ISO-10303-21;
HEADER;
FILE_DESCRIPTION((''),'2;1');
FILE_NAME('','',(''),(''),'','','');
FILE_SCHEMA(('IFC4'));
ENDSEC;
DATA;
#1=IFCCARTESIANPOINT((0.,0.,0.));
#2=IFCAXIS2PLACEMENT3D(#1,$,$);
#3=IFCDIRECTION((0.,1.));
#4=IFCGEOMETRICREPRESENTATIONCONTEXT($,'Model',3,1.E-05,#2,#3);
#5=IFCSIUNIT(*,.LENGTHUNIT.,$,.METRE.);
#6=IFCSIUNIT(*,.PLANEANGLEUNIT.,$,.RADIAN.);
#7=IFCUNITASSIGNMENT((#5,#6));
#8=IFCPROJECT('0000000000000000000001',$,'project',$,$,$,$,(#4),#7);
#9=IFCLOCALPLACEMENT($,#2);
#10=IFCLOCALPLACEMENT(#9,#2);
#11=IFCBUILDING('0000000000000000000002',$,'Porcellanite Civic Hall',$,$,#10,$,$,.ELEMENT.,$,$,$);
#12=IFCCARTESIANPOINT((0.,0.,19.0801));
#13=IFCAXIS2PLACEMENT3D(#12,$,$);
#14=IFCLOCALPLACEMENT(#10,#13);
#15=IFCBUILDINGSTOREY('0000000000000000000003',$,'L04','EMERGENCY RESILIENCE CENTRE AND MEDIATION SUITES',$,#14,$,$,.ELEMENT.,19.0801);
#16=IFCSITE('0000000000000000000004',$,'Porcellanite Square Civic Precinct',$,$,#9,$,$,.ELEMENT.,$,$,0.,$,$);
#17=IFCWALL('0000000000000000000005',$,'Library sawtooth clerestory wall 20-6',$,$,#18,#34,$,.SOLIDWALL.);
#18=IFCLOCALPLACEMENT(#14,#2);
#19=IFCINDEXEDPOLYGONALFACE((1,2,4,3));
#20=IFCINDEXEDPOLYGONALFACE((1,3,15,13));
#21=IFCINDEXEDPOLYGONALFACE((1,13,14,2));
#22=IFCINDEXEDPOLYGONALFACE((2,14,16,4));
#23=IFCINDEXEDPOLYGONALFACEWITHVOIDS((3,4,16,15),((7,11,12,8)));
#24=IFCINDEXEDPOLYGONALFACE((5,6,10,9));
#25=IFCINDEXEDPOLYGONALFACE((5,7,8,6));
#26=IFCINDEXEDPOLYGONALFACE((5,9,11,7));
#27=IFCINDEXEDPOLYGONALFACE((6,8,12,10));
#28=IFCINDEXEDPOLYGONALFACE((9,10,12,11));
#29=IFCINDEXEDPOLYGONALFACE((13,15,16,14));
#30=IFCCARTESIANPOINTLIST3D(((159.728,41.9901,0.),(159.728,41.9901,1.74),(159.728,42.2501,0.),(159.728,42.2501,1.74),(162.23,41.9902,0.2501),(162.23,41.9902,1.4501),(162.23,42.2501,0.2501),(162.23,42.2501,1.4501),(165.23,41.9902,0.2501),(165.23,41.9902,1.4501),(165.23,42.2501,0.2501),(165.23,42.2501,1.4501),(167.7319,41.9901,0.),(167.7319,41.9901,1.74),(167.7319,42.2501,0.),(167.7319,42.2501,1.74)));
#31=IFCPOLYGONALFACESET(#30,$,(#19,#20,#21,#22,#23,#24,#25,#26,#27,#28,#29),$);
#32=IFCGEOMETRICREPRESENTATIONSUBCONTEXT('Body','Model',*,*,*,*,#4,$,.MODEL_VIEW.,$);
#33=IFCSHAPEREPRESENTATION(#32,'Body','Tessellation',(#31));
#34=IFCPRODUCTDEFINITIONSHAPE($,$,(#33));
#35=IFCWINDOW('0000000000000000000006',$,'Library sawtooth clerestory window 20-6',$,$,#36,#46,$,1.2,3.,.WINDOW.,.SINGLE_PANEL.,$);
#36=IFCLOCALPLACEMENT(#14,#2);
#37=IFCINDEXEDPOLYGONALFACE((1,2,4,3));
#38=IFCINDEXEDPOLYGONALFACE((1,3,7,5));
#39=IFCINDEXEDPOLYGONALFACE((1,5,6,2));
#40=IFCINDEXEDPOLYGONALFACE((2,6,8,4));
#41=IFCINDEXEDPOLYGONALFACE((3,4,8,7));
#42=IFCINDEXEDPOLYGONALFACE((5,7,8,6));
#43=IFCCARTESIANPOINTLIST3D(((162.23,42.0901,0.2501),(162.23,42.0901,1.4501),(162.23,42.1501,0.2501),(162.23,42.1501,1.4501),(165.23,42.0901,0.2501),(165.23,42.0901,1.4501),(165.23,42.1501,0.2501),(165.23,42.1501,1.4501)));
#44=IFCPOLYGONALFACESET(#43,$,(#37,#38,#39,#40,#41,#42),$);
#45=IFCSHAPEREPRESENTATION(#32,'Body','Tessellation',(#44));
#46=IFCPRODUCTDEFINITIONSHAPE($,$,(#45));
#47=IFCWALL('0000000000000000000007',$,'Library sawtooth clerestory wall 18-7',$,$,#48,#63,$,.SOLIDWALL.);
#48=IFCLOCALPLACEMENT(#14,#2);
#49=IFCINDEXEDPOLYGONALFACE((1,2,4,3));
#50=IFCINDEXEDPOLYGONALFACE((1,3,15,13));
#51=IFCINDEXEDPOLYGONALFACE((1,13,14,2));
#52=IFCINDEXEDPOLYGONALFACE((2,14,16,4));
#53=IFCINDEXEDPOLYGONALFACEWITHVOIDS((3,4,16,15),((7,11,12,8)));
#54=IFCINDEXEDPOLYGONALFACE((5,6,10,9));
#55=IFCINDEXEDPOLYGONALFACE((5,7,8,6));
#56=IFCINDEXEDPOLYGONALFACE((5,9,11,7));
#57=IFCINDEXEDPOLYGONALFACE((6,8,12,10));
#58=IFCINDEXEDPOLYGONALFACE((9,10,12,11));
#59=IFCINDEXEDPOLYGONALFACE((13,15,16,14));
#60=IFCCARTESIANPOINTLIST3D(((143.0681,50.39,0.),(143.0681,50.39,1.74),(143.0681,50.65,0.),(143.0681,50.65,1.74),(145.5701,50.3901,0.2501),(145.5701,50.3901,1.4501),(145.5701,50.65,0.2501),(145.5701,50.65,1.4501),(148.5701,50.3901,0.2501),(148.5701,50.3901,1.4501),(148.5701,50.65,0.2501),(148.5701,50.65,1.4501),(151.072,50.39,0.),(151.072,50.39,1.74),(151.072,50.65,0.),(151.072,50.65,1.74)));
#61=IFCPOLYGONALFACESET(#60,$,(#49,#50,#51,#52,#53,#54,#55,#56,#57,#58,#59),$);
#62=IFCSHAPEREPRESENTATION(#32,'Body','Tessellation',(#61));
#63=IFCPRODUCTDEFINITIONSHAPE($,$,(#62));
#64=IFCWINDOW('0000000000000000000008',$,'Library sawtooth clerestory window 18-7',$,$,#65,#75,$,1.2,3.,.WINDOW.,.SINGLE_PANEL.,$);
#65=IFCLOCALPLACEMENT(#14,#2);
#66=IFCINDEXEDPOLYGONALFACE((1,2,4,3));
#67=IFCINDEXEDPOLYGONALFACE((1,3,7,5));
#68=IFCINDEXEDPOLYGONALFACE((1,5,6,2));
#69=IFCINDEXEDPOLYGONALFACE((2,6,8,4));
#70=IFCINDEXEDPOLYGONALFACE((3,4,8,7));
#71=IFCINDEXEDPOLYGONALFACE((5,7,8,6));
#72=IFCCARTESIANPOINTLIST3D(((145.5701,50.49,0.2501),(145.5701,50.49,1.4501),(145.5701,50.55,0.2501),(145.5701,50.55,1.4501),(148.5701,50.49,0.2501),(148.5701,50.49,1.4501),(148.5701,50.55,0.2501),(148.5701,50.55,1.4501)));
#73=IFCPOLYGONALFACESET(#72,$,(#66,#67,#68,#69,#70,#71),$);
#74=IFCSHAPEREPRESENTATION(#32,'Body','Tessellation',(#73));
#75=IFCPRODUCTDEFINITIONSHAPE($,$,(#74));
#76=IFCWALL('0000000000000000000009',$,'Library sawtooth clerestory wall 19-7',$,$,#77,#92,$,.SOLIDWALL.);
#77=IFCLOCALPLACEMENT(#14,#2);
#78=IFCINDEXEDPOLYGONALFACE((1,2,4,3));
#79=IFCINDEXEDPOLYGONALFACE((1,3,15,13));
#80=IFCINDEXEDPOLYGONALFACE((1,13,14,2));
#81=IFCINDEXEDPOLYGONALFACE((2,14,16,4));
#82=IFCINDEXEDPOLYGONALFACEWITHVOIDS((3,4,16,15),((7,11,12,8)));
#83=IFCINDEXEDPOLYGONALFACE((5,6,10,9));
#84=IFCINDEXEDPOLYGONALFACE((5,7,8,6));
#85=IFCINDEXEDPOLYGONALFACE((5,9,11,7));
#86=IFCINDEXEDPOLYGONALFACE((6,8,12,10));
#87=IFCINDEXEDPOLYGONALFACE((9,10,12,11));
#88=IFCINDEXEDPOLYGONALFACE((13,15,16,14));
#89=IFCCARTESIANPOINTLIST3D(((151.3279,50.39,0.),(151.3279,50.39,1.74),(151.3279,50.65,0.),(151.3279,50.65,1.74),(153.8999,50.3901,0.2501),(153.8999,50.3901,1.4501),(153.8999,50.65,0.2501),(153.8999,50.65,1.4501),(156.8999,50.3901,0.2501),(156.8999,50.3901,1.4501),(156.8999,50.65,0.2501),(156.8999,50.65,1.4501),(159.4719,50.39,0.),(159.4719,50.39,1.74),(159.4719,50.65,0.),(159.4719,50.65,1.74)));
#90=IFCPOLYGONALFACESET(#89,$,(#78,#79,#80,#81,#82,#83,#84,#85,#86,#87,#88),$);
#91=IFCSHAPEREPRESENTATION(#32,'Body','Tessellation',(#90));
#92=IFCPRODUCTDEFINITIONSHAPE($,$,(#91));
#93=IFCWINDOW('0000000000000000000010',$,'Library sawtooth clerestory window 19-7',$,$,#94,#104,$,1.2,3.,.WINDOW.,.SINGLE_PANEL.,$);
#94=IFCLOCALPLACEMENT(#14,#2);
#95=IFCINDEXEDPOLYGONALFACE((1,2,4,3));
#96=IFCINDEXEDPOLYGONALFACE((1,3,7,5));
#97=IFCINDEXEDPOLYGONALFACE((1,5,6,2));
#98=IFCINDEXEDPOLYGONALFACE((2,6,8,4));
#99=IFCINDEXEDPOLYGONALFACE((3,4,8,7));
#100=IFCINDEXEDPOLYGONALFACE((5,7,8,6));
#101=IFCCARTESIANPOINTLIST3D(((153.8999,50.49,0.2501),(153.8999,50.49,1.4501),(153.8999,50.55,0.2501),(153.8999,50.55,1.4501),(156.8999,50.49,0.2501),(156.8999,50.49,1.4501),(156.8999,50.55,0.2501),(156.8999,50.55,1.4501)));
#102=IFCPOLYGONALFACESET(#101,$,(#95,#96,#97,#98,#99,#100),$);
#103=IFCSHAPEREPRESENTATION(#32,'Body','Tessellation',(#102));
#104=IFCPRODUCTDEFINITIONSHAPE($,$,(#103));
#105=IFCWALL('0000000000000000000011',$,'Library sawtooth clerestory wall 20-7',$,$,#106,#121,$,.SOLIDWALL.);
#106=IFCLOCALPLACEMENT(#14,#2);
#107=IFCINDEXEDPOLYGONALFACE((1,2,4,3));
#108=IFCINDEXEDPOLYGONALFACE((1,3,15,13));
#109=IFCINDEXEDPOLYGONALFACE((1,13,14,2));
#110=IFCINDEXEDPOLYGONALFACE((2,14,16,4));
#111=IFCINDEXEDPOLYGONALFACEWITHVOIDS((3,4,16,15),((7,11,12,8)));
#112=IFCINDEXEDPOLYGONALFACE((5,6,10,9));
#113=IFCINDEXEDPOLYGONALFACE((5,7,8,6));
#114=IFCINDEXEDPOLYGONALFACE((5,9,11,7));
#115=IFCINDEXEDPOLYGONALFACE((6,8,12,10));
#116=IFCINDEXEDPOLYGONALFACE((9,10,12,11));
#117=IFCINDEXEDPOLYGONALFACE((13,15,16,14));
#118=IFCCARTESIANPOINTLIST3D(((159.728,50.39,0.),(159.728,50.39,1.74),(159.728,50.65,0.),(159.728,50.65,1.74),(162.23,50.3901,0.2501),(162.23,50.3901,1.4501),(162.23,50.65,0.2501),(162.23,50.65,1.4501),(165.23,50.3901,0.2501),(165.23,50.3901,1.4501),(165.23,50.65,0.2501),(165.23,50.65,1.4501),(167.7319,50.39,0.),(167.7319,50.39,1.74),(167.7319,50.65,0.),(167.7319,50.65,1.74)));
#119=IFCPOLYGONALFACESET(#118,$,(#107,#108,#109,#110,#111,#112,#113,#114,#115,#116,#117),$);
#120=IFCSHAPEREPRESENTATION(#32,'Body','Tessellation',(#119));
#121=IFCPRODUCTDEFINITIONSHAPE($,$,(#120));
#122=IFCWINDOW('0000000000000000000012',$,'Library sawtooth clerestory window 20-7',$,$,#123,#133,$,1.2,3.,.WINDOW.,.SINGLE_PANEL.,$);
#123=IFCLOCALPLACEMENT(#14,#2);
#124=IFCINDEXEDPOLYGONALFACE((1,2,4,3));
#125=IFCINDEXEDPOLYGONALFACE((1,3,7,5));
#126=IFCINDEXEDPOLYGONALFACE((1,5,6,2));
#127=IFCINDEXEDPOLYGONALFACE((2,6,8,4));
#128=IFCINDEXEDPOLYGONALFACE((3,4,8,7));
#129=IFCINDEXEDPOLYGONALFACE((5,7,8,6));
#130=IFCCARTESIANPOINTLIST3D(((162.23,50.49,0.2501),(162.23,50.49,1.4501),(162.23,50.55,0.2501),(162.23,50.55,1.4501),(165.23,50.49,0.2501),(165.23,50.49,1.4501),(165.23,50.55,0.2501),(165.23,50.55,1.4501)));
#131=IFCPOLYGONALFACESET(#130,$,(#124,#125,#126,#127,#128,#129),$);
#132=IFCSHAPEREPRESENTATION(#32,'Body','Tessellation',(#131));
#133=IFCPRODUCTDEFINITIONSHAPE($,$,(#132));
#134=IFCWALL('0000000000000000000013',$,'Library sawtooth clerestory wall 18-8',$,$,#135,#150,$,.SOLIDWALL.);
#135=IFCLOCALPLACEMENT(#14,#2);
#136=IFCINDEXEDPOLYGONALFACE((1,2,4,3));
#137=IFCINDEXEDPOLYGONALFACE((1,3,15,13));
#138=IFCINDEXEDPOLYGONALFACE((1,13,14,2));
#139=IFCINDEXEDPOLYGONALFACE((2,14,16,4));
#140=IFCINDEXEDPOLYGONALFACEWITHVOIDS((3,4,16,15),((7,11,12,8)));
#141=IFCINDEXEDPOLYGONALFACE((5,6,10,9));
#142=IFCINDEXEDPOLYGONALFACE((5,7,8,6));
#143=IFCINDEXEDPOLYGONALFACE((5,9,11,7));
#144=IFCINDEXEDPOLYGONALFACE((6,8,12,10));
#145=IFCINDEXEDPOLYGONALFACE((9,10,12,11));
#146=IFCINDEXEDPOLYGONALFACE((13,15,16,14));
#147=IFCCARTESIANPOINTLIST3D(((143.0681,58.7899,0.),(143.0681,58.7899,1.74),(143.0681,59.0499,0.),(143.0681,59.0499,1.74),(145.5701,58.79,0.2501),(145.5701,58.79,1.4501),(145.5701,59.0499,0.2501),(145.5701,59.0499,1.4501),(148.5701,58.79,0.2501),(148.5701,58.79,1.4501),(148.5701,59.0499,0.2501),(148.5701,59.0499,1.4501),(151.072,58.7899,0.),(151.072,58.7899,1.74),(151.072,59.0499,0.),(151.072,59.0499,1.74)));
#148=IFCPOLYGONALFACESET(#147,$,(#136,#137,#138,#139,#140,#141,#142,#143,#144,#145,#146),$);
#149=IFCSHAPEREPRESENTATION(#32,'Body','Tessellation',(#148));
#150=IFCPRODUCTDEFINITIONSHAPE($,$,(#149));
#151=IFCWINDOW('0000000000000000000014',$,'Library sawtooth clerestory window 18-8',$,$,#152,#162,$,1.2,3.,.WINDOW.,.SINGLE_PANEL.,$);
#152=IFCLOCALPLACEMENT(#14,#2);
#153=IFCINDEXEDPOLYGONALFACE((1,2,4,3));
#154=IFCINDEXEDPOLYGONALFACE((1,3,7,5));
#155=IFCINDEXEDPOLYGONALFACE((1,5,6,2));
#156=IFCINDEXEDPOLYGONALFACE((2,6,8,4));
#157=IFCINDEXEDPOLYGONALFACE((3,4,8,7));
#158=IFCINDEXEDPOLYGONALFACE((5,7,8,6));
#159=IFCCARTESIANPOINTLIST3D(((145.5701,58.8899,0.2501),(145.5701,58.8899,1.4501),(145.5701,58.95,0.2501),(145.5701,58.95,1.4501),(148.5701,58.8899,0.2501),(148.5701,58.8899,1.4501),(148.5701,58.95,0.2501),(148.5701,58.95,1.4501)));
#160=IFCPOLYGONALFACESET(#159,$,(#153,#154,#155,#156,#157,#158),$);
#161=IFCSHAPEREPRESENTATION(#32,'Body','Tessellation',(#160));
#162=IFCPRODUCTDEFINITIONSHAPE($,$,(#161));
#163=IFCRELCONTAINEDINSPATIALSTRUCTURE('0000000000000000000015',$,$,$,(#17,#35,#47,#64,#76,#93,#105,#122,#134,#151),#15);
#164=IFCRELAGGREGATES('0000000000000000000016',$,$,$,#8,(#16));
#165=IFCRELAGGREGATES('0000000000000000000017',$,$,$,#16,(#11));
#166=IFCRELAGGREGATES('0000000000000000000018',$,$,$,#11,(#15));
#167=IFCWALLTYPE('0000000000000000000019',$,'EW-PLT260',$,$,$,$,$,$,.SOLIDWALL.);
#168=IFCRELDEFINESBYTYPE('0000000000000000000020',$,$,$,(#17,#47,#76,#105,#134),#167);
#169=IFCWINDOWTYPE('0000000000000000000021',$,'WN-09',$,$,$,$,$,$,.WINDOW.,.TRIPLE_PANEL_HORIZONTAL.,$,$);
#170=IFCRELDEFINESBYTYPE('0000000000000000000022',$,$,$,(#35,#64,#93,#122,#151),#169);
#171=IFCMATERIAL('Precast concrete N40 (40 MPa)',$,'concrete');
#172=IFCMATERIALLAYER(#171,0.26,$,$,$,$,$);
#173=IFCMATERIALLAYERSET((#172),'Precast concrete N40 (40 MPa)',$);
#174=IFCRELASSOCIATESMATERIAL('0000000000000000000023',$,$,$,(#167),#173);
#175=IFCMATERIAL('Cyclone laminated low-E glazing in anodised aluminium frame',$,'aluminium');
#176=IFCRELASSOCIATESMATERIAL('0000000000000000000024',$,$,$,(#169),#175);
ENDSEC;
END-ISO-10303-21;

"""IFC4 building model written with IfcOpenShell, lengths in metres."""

from ifc_helpers import new_model, si_unit, direction, frame, frame_2d, origin, place, context, subcontext, project, spatial, rectangle, extrude, material, layer, layer_set, type_object, element, fill, save


model = new_model("IFC4")

# Units and contexts
model_context = context("Model", 3, precision=1e-05, world=origin(), true_north=direction((0.0, 1.0)))
body_context = subcontext(model_context, "Body", "Model", "MODEL_VIEW")
ifc_project = project(units=[si_unit("LENGTHUNIT", "METRE"), si_unit("PLANEANGLEUNIT", "RADIAN")], contexts=[model_context])

# Site, building, storey
site_placement = place(None, origin())
site = spatial("IfcSite", under=ifc_project, at=site_placement, Name="Porcellanite Square Civic Precinct", CompositionType="ELEMENT", RefElevation=0.0)
building_placement = place(site_placement, origin())
building = spatial("IfcBuilding", under=site, at=building_placement, Name="Porcellanite Civic Hall", CompositionType="ELEMENT")
storey_placement = place(building_placement, frame((0.0, 0.0, 19.0801)))
storey = spatial("IfcBuildingStorey", under=building, at=storey_placement, Name="L04", Description="EMERGENCY RESILIENCE CENTRE AND MEDIATION SUITES", CompositionType="ELEMENT", Elevation=19.0801)

# Walls, openings, windows
ifc_material_1 = material(Name="Precast concrete N40 (40 MPa)", Category="concrete")
ifc_layer_1 = layer(ifc_material_1, 0.26)
ifc_layer_set_1 = layer_set([ifc_layer_1], Name="Precast concrete N40 (40 MPa)")
wall_type = type_object("IfcWallType", Name="EW-PLT260", PredefinedType="SOLIDWALL", material=ifc_layer_set_1)
ifc_material_2 = material(Name="Cyclone laminated low-E glazing in anodised aluminium frame", Category="aluminium")
window_type = type_object("IfcWindowType", Name="WN-09", PartitioningType="TRIPLE_PANEL_HORIZONTAL", PredefinedType="WINDOW", material=ifc_material_2)
wall_1_placement = place(storey_placement, frame((167.7319, 42.1201, 0.0), z_axis=(0.0, 0.0, 1.0), x_axis=(-1.0, 0.0, 0.0)))
wall_1 = element("IfcWall", 1, at=wall_1_placement, inside=storey, type_object=wall_type, Name="Library sawtooth clerestory wall 20-6", PredefinedType="SOLIDWALL", context=body_context, shape_type="SweptSolid", body=[
    extrude(rectangle(XDim=8.0039, YDim=0.26, at=frame_2d((4.002, 0.0))), origin(), (0.0, 0.0, 1.0), 1.74),
])
opening_1_placement = place(wall_1_placement, frame((2.502, 0.0, 0.25)))
opening_1 = element("IfcOpeningElement", 2, at=opening_1_placement, cuts=wall_1, PredefinedType="OPENING", context=body_context, shape_type="SweptSolid", body=[
    extrude(rectangle(XDim=3.0, YDim=1.2, at=frame_2d((1.5, 0.6001))), frame((0.0, 0.1299, 0.0), z_axis=(0.0, -1.0, 0.0), x_axis=(1.0, 0.0, 0.0)), (0.0, 0.0, 1.0), 0.26),
])
window_1_placement = place(opening_1_placement, origin())
window_1 = element("IfcWindow", 3, at=window_1_placement, inside=storey, type_object=window_type, Name="Library sawtooth clerestory window 20-6", OverallHeight=1.2, OverallWidth=3.0, PartitioningType="SINGLE_PANEL", PredefinedType="WINDOW", context=body_context, shape_type="SweptSolid", body=[
    extrude(rectangle(XDim=3.0, YDim=1.2, at=frame_2d((1.5, 0.6001))), frame((0.0, 0.03, 0.0), z_axis=(0.0, -1.0, 0.0), x_axis=(1.0, 0.0, 0.0)), (0.0, 0.0, 1.0), 0.0601),
])
fill(opening_1, window_1)
wall_2_placement = place(storey_placement, frame((151.072, 50.52, 0.0), z_axis=(0.0, 0.0, 1.0), x_axis=(-1.0, 0.0, 0.0)))
wall_2 = element("IfcWall", 4, at=wall_2_placement, inside=storey, type_object=wall_type, Name="Library sawtooth clerestory wall 18-7", PredefinedType="SOLIDWALL", context=body_context, shape_type="SweptSolid", body=[
    extrude(rectangle(XDim=8.0039, YDim=0.26, at=frame_2d((4.002, 0.0))), origin(), (0.0, 0.0, 1.0), 1.74),
])
opening_2_placement = place(wall_2_placement, frame((2.502, 0.0, 0.25)))
opening_2 = element("IfcOpeningElement", 5, at=opening_2_placement, cuts=wall_2, PredefinedType="OPENING", context=body_context, shape_type="SweptSolid", body=[
    extrude(rectangle(XDim=3.0, YDim=1.2, at=frame_2d((1.5, 0.6001))), frame((0.0, 0.1299, 0.0), z_axis=(0.0, -1.0, 0.0), x_axis=(1.0, 0.0, 0.0)), (0.0, 0.0, 1.0), 0.26),
])
window_2_placement = place(opening_2_placement, origin())
window_2 = element("IfcWindow", 6, at=window_2_placement, inside=storey, type_object=window_type, Name="Library sawtooth clerestory window 18-7", OverallHeight=1.2, OverallWidth=3.0, PartitioningType="SINGLE_PANEL", PredefinedType="WINDOW", context=body_context, shape_type="SweptSolid", body=[
    extrude(rectangle(XDim=3.0, YDim=1.2, at=frame_2d((1.5, 0.6001))), frame((0.0, 0.03, 0.0), z_axis=(0.0, -1.0, 0.0), x_axis=(1.0, 0.0, 0.0)), (0.0, 0.0, 1.0), 0.0601),
])
fill(opening_2, window_2)
wall_3_placement = place(storey_placement, frame((159.4719, 50.52, 0.0), z_axis=(0.0, 0.0, 1.0), x_axis=(-1.0, 0.0, 0.0)))
wall_3 = element("IfcWall", 7, at=wall_3_placement, inside=storey, type_object=wall_type, Name="Library sawtooth clerestory wall 19-7", PredefinedType="SOLIDWALL", context=body_context, shape_type="SweptSolid", body=[
    extrude(rectangle(XDim=8.144, YDim=0.26, at=frame_2d((4.072, 0.0))), origin(), (0.0, 0.0, 1.0), 1.74),
])
opening_3_placement = place(wall_3_placement, frame((2.572, 0.0, 0.25)))
opening_3 = element("IfcOpeningElement", 8, at=opening_3_placement, cuts=wall_3, PredefinedType="OPENING", context=body_context, shape_type="SweptSolid", body=[
    extrude(rectangle(XDim=3.0, YDim=1.2, at=frame_2d((1.5, 0.6001))), frame((0.0, 0.1299, 0.0), z_axis=(0.0, -1.0, 0.0), x_axis=(1.0, 0.0, 0.0)), (0.0, 0.0, 1.0), 0.26),
])
window_3_placement = place(opening_3_placement, origin())
window_3 = element("IfcWindow", 9, at=window_3_placement, inside=storey, type_object=window_type, Name="Library sawtooth clerestory window 19-7", OverallHeight=1.2, OverallWidth=3.0, PartitioningType="SINGLE_PANEL", PredefinedType="WINDOW", context=body_context, shape_type="SweptSolid", body=[
    extrude(rectangle(XDim=3.0, YDim=1.2, at=frame_2d((1.5, 0.6001))), frame((0.0, 0.03, 0.0), z_axis=(0.0, -1.0, 0.0), x_axis=(1.0, 0.0, 0.0)), (0.0, 0.0, 1.0), 0.0601),
])
fill(opening_3, window_3)
wall_4_placement = place(storey_placement, frame((167.7319, 50.52, 0.0), z_axis=(0.0, 0.0, 1.0), x_axis=(-1.0, 0.0, 0.0)))
wall_4 = element("IfcWall", 10, at=wall_4_placement, inside=storey, type_object=wall_type, Name="Library sawtooth clerestory wall 20-7", PredefinedType="SOLIDWALL", context=body_context, shape_type="SweptSolid", body=[
    extrude(rectangle(XDim=8.0039, YDim=0.26, at=frame_2d((4.002, 0.0))), origin(), (0.0, 0.0, 1.0), 1.74),
])
opening_4_placement = place(wall_4_placement, frame((2.502, 0.0, 0.25)))
opening_4 = element("IfcOpeningElement", 11, at=opening_4_placement, cuts=wall_4, PredefinedType="OPENING", context=body_context, shape_type="SweptSolid", body=[
    extrude(rectangle(XDim=3.0, YDim=1.2, at=frame_2d((1.5, 0.6001))), frame((0.0, 0.1299, 0.0), z_axis=(0.0, -1.0, 0.0), x_axis=(1.0, 0.0, 0.0)), (0.0, 0.0, 1.0), 0.26),
])
window_4_placement = place(opening_4_placement, origin())
window_4 = element("IfcWindow", 12, at=window_4_placement, inside=storey, type_object=window_type, Name="Library sawtooth clerestory window 20-7", OverallHeight=1.2, OverallWidth=3.0, PartitioningType="SINGLE_PANEL", PredefinedType="WINDOW", context=body_context, shape_type="SweptSolid", body=[
    extrude(rectangle(XDim=3.0, YDim=1.2, at=frame_2d((1.5, 0.6001))), frame((0.0, 0.03, 0.0), z_axis=(0.0, -1.0, 0.0), x_axis=(1.0, 0.0, 0.0)), (0.0, 0.0, 1.0), 0.0601),
])
fill(opening_4, window_4)
wall_5_placement = place(storey_placement, frame((151.072, 58.9199, 0.0), z_axis=(0.0, 0.0, 1.0), x_axis=(-1.0, 0.0, 0.0)))
wall_5 = element("IfcWall", 13, at=wall_5_placement, inside=storey, type_object=wall_type, Name="Library sawtooth clerestory wall 18-8", PredefinedType="SOLIDWALL", context=body_context, shape_type="SweptSolid", body=[
    extrude(rectangle(XDim=8.0039, YDim=0.26, at=frame_2d((4.002, 0.0))), origin(), (0.0, 0.0, 1.0), 1.74),
])
opening_5_placement = place(wall_5_placement, frame((2.502, 0.0, 0.25)))
opening_5 = element("IfcOpeningElement", 14, at=opening_5_placement, cuts=wall_5, PredefinedType="OPENING", context=body_context, shape_type="SweptSolid", body=[
    extrude(rectangle(XDim=3.0, YDim=1.2, at=frame_2d((1.5, 0.6001))), frame((0.0, 0.1299, 0.0), z_axis=(0.0, -1.0, 0.0), x_axis=(1.0, 0.0, 0.0)), (0.0, 0.0, 1.0), 0.26),
])
window_5_placement = place(opening_5_placement, origin())
window_5 = element("IfcWindow", 15, at=window_5_placement, inside=storey, type_object=window_type, Name="Library sawtooth clerestory window 18-8", OverallHeight=1.2, OverallWidth=3.0, PartitioningType="SINGLE_PANEL", PredefinedType="WINDOW", context=body_context, shape_type="SweptSolid", body=[
    extrude(rectangle(XDim=3.0, YDim=1.2, at=frame_2d((1.5, 0.6001))), frame((0.0, 0.03, 0.0), z_axis=(0.0, -1.0, 0.0), x_axis=(1.0, 0.0, 0.0)), (0.0, 0.0, 1.0), 0.0601),
])
fill(opening_5, window_5)

save(model, "model.ifc")
